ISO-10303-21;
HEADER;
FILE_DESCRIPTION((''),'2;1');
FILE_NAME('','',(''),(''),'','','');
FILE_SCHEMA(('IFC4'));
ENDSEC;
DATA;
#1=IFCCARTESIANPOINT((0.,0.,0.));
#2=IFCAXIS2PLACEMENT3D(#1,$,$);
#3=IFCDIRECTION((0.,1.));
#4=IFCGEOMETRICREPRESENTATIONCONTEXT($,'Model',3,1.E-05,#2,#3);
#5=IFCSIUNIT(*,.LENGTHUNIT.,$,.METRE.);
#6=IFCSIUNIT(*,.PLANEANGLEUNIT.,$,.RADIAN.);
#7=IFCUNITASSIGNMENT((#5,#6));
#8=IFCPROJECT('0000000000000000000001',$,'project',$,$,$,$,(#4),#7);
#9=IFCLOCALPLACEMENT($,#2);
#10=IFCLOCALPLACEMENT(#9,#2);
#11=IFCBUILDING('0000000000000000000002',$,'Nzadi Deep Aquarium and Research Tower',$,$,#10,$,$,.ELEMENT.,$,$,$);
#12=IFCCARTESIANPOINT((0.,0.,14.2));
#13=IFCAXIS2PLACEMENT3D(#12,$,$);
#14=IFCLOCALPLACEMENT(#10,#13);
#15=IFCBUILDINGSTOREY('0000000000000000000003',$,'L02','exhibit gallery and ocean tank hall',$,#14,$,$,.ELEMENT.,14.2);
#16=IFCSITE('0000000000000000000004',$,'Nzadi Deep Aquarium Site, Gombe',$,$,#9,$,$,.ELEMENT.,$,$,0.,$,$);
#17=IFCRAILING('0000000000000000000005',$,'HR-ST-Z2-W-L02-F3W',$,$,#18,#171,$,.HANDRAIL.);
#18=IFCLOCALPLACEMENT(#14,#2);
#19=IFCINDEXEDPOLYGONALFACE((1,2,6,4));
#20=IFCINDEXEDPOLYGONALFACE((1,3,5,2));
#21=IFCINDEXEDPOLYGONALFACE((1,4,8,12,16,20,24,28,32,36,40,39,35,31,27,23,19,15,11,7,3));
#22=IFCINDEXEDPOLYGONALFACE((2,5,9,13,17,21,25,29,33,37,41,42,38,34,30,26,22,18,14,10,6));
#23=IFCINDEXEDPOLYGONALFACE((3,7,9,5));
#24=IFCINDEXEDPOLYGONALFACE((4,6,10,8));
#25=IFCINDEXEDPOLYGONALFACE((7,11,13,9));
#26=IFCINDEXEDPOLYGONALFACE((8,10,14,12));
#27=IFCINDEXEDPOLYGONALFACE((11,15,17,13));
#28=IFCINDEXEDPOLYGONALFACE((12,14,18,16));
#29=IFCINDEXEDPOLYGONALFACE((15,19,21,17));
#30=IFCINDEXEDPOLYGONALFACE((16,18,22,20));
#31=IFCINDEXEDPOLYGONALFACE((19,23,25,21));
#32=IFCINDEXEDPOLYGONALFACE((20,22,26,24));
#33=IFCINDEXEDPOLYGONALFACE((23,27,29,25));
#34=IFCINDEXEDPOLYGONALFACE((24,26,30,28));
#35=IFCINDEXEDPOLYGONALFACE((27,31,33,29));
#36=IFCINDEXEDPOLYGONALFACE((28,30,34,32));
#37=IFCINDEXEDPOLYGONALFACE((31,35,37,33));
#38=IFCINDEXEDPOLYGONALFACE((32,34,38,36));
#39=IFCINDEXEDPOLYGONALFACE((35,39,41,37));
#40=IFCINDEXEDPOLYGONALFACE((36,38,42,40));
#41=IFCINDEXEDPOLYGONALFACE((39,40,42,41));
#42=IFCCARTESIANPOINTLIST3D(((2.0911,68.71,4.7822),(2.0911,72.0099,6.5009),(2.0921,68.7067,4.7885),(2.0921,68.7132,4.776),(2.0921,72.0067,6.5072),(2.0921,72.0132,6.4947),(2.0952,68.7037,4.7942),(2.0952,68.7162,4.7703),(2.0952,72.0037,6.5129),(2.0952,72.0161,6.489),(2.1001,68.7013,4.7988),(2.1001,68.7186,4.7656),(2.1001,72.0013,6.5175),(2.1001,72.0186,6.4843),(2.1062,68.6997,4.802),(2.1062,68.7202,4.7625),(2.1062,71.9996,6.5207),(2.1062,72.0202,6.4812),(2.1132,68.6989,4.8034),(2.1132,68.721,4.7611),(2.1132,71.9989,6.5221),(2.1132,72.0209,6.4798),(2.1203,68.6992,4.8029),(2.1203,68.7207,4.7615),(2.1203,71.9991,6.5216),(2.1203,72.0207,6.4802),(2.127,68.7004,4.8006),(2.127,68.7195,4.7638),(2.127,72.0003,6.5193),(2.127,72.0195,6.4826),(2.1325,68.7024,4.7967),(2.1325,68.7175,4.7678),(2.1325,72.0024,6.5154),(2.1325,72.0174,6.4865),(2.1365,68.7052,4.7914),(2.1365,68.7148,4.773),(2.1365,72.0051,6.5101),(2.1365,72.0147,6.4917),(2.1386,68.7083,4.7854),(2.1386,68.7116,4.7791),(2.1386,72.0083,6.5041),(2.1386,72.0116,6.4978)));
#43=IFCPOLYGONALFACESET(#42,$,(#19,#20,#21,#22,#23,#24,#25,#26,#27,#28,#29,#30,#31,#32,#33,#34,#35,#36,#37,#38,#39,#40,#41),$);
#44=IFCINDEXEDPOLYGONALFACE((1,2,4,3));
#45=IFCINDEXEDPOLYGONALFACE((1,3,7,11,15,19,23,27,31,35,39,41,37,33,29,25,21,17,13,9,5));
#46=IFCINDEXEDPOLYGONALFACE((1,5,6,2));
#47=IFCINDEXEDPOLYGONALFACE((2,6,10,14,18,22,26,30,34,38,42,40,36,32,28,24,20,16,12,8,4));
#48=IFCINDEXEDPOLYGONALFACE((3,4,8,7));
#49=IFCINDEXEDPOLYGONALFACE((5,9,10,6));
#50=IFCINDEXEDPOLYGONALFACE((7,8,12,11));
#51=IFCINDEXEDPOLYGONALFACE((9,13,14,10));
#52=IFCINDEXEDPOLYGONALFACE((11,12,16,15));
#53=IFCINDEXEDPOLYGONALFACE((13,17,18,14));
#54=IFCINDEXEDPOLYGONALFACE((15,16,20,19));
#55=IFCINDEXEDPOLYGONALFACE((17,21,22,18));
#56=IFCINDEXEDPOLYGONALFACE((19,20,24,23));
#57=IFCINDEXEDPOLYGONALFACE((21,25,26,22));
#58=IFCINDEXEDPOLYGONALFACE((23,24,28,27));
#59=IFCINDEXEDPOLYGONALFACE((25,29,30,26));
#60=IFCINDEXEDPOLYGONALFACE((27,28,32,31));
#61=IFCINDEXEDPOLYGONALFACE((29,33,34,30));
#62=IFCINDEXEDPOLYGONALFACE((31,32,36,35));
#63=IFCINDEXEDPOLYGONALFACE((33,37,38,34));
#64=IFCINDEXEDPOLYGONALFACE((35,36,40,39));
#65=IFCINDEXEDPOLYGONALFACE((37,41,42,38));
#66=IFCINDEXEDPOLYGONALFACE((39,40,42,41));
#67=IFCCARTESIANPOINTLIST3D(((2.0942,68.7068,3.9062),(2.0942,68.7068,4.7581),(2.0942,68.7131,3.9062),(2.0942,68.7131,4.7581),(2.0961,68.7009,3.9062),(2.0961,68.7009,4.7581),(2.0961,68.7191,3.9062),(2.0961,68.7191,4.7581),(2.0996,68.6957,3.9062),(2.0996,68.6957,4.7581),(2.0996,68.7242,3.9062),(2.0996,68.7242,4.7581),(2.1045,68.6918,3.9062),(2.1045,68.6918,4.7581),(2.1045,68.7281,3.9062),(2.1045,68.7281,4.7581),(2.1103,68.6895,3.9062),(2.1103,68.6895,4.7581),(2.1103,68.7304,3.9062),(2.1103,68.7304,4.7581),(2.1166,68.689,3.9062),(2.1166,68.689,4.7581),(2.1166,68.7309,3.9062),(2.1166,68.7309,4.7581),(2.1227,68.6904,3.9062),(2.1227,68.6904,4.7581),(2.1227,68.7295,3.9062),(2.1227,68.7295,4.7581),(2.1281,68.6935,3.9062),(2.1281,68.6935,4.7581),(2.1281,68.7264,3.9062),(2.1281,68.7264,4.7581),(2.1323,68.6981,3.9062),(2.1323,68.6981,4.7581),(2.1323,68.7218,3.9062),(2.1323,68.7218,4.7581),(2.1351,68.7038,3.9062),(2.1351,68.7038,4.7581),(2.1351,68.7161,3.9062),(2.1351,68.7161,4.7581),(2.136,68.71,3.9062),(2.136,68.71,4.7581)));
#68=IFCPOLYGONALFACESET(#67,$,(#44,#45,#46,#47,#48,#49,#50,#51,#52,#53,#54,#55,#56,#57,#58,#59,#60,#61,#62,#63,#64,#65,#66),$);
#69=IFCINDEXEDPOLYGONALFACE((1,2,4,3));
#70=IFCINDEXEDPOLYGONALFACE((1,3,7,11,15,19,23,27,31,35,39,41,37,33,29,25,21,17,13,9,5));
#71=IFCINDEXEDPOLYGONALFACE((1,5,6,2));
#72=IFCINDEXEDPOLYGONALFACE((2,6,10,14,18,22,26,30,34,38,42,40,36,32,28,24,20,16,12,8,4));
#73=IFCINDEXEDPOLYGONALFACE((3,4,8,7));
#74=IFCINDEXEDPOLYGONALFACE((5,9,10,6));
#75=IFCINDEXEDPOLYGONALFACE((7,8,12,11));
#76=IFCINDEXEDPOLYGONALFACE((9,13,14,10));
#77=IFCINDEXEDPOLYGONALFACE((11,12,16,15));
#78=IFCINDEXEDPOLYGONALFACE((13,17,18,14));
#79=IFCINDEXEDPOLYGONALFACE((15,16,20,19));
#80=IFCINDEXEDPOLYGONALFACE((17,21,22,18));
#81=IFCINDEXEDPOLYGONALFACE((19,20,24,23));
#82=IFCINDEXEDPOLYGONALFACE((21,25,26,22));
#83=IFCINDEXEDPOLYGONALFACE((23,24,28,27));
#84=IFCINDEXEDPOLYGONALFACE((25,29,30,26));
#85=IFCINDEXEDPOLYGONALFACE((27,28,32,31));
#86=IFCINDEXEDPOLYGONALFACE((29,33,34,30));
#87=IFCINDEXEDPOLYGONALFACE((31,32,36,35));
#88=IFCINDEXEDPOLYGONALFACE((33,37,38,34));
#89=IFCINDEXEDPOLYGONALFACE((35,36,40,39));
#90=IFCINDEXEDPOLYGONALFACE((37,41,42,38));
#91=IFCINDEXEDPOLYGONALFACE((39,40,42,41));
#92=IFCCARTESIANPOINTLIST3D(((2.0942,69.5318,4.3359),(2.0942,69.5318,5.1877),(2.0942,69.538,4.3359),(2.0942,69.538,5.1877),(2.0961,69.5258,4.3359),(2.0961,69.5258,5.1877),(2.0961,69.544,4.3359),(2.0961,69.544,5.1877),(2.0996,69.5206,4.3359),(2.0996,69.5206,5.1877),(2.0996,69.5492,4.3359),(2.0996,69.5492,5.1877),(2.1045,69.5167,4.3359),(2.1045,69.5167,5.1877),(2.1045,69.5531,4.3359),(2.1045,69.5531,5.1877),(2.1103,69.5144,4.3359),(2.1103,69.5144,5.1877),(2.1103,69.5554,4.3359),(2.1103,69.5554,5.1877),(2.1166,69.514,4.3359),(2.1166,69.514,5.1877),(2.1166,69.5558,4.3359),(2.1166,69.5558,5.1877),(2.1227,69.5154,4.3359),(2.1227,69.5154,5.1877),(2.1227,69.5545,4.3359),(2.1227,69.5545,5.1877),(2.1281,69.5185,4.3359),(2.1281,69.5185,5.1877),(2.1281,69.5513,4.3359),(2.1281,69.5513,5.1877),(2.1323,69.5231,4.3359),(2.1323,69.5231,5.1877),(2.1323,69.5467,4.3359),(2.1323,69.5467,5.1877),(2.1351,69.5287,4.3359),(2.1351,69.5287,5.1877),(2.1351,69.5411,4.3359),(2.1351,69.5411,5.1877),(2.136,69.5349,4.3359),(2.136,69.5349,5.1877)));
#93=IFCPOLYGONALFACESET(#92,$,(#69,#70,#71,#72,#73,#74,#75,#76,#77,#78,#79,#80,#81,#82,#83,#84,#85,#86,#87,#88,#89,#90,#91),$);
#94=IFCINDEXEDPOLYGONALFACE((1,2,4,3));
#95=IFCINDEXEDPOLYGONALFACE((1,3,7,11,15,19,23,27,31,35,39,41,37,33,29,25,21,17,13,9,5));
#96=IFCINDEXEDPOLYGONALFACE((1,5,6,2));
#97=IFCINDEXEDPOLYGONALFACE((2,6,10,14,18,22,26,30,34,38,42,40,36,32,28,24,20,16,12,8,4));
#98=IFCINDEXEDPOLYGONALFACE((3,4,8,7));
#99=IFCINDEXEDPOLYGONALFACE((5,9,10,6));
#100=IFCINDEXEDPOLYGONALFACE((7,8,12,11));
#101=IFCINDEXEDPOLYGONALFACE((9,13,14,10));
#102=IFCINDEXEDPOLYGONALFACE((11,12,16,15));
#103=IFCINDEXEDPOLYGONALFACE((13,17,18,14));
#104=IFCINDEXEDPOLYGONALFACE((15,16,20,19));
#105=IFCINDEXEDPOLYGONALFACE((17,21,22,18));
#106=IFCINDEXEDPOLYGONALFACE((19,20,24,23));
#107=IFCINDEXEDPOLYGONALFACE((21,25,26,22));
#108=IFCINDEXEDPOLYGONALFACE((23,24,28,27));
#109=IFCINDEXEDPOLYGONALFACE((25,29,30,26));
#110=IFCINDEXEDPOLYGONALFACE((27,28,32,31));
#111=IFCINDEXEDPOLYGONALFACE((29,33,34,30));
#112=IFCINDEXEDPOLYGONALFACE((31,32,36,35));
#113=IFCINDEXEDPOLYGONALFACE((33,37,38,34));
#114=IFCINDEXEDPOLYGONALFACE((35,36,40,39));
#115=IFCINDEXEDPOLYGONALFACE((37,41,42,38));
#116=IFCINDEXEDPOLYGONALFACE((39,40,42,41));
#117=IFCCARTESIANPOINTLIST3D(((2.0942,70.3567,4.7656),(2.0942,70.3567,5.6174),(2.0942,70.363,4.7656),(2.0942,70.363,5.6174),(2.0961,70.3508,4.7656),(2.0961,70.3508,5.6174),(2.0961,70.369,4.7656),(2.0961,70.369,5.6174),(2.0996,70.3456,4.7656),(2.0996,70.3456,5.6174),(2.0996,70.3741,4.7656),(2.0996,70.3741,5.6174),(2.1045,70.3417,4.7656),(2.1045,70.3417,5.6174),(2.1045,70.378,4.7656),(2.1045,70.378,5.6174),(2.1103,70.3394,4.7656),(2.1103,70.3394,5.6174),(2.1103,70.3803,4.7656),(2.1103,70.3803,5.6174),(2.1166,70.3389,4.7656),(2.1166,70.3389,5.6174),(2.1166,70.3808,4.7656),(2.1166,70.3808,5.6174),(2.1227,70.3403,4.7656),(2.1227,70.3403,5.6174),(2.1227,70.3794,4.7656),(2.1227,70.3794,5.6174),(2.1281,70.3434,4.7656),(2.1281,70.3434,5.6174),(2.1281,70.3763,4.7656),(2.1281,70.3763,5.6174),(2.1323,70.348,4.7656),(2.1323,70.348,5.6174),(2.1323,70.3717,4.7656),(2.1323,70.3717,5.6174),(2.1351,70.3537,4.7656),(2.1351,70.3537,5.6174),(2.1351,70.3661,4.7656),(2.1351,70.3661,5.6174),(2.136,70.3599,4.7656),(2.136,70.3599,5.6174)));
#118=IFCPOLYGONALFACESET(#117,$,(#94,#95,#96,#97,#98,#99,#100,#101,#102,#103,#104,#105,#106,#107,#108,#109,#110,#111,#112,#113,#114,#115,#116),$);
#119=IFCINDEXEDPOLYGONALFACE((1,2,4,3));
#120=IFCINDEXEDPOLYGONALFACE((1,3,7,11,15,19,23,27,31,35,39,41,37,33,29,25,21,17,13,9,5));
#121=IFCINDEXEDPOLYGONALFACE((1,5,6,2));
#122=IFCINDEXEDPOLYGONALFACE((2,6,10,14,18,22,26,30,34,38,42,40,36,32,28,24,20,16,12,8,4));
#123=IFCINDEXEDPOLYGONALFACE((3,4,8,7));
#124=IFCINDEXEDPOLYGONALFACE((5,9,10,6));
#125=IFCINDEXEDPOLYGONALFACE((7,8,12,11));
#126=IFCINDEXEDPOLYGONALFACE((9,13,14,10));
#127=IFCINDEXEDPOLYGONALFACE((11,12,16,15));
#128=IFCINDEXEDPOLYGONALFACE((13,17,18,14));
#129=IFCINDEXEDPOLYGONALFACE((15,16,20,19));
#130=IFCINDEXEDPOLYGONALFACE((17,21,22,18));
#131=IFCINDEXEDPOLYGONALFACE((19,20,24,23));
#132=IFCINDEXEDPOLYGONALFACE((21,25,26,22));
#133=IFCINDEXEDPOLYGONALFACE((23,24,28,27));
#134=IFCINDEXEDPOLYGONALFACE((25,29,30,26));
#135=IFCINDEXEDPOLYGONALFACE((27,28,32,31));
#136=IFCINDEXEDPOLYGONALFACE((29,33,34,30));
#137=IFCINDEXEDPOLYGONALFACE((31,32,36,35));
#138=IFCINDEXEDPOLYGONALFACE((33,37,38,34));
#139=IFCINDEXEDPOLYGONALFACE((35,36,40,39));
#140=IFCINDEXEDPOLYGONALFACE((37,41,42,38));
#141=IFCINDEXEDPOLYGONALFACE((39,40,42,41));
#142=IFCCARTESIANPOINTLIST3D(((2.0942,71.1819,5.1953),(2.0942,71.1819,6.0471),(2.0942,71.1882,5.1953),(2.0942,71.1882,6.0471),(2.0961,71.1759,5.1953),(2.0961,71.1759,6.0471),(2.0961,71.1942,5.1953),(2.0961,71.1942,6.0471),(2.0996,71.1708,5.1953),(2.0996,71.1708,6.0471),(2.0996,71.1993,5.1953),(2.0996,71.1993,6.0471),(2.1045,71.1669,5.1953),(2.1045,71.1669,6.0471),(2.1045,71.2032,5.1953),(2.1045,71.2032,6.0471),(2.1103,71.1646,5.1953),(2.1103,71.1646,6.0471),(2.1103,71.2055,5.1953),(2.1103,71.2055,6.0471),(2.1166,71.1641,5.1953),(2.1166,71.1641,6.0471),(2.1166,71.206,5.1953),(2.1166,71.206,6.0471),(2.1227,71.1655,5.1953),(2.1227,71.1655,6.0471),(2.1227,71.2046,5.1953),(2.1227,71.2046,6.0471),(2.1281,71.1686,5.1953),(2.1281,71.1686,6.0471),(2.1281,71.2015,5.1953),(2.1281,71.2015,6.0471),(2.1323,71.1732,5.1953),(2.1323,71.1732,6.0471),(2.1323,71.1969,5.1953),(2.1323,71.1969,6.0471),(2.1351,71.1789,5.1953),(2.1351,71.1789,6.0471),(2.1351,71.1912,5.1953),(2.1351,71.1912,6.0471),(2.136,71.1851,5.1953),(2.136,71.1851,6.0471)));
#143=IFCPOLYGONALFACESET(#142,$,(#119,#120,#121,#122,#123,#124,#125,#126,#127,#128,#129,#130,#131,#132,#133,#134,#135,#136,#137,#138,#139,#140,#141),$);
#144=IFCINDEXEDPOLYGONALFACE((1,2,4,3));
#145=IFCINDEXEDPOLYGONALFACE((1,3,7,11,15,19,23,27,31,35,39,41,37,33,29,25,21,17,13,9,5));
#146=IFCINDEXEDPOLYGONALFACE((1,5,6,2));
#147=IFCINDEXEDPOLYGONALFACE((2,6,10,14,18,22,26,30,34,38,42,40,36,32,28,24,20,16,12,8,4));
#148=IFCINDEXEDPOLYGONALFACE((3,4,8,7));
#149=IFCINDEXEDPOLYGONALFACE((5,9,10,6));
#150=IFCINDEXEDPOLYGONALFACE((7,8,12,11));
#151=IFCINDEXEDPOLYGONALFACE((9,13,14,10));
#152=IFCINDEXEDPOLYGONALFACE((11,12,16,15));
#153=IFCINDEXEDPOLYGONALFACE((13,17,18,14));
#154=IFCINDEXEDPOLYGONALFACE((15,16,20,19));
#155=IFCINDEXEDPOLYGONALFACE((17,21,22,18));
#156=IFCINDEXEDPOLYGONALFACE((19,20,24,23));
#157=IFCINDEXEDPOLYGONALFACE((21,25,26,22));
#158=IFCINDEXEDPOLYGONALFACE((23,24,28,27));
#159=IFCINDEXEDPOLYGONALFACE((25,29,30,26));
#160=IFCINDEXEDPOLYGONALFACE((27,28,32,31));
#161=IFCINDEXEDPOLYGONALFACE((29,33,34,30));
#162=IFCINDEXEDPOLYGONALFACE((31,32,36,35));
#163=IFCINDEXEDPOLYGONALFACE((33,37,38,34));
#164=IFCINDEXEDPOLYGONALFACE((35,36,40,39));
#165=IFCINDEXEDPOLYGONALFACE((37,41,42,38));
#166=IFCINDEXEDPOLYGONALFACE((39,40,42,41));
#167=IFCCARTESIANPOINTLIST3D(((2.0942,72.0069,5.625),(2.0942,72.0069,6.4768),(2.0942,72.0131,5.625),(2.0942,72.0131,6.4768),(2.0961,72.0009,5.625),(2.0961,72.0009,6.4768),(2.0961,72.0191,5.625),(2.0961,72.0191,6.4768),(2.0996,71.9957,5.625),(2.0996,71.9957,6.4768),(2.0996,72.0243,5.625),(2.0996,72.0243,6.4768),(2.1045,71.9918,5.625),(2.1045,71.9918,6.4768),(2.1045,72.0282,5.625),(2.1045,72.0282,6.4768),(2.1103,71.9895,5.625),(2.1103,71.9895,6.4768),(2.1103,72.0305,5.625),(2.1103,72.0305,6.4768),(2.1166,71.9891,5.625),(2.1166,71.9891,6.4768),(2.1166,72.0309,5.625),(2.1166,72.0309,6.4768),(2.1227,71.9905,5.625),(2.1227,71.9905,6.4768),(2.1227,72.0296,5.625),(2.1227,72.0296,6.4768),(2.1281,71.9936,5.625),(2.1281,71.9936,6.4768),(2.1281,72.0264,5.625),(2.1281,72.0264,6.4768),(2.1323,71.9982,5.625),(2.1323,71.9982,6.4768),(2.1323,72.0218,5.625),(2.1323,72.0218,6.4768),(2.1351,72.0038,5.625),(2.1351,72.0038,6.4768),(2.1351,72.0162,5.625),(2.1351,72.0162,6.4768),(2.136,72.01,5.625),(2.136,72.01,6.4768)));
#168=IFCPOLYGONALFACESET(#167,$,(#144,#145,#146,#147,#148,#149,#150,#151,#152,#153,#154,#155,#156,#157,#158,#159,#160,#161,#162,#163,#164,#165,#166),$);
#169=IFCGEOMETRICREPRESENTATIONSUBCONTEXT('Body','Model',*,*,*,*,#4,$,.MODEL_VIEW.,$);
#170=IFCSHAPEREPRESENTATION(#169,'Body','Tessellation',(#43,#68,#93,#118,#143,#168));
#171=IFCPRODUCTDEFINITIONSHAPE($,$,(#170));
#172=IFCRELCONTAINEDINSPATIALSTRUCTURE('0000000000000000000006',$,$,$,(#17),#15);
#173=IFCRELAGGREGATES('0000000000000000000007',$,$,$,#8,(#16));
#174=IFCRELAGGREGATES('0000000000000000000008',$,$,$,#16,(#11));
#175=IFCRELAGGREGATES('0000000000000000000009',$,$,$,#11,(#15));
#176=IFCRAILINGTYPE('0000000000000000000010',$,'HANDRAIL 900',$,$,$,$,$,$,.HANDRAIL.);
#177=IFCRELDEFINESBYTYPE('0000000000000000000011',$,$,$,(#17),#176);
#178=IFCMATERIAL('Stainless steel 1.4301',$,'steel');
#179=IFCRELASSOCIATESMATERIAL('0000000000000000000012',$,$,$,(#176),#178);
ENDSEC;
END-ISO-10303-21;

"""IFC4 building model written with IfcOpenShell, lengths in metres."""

from ifc_helpers import new_model, si_unit, direction, frame, origin, origin_2d, place, context, subcontext, project, spatial, circle, extrude, material, type_object, element, save


model = new_model("IFC4")

# Units and contexts
model_context = context("Model", 3, precision=1e-05, world=origin(), true_north=direction((0.0, 1.0)))
body_context = subcontext(model_context, "Body", "Model", "MODEL_VIEW")
ifc_project = project(units=[si_unit("LENGTHUNIT", "METRE"), si_unit("PLANEANGLEUNIT", "RADIAN")], contexts=[model_context])

# Site, building, storey
site_placement = place(None, origin())
site = spatial("IfcSite", under=ifc_project, at=site_placement, Name="Nzadi Deep Aquarium Site, Gombe", CompositionType="ELEMENT", RefElevation=0.0)
building_placement = place(site_placement, origin())
building = spatial("IfcBuilding", under=site, at=building_placement, Name="Nzadi Deep Aquarium and Research Tower", CompositionType="ELEMENT")
storey_placement = place(building_placement, frame((0.0, 0.0, 14.2)))
storey = spatial("IfcBuildingStorey", under=building, at=storey_placement, Name="L02", Description="exhibit gallery and ocean tank hall", CompositionType="ELEMENT", Elevation=14.2)

# Railing
ifc_material_1 = material(Name="Stainless steel 1.4301", Category="steel")
railing_type = type_object("IfcRailingType", Name="HANDRAIL 900", PredefinedType="HANDRAIL", material=ifc_material_1)
for number, where, name in (
    (1, (2.115, 68.71, 3.9062), "HR-ST-Z2-W-L02-F3W"),
):
    element("IfcRailing", number, at=place(storey_placement, frame(where)), inside=storey, type_object=railing_type, Name=name, PredefinedType="HANDRAIL", context=body_context, shape_type="SweptSolid", body=[
        extrude(circle(Radius=0.0239, at=origin_2d()), frame((0.0, 0.0, 0.876), z_axis=(0.0, 0.886917, 0.461929), x_axis=(-1.0, 0.0, 0.0)), (0.0, 0.0, 1.0), 3.7207),
        extrude(circle(Radius=0.021, at=origin_2d()), origin(), (0.0, 0.0, 1.0), 0.8518),
        extrude(circle(Radius=0.021, at=origin_2d()), frame((0.0, 0.825, 0.4297)), (0.0, 0.0, 1.0), 0.8518),
        extrude(circle(Radius=0.021, at=origin_2d()), frame((0.0, 1.6499, 0.8594)), (0.0, 0.0, 1.0), 0.8518),
        extrude(circle(Radius=0.021, at=origin_2d()), frame((0.0, 2.4751, 1.2891)), (0.0, 0.0, 1.0), 0.8518),
        extrude(circle(Radius=0.021, at=origin_2d()), frame((0.0, 3.3, 1.7188)), (0.0, 0.0, 1.0), 0.8518),
    ])

save(model, "model.ifc")
